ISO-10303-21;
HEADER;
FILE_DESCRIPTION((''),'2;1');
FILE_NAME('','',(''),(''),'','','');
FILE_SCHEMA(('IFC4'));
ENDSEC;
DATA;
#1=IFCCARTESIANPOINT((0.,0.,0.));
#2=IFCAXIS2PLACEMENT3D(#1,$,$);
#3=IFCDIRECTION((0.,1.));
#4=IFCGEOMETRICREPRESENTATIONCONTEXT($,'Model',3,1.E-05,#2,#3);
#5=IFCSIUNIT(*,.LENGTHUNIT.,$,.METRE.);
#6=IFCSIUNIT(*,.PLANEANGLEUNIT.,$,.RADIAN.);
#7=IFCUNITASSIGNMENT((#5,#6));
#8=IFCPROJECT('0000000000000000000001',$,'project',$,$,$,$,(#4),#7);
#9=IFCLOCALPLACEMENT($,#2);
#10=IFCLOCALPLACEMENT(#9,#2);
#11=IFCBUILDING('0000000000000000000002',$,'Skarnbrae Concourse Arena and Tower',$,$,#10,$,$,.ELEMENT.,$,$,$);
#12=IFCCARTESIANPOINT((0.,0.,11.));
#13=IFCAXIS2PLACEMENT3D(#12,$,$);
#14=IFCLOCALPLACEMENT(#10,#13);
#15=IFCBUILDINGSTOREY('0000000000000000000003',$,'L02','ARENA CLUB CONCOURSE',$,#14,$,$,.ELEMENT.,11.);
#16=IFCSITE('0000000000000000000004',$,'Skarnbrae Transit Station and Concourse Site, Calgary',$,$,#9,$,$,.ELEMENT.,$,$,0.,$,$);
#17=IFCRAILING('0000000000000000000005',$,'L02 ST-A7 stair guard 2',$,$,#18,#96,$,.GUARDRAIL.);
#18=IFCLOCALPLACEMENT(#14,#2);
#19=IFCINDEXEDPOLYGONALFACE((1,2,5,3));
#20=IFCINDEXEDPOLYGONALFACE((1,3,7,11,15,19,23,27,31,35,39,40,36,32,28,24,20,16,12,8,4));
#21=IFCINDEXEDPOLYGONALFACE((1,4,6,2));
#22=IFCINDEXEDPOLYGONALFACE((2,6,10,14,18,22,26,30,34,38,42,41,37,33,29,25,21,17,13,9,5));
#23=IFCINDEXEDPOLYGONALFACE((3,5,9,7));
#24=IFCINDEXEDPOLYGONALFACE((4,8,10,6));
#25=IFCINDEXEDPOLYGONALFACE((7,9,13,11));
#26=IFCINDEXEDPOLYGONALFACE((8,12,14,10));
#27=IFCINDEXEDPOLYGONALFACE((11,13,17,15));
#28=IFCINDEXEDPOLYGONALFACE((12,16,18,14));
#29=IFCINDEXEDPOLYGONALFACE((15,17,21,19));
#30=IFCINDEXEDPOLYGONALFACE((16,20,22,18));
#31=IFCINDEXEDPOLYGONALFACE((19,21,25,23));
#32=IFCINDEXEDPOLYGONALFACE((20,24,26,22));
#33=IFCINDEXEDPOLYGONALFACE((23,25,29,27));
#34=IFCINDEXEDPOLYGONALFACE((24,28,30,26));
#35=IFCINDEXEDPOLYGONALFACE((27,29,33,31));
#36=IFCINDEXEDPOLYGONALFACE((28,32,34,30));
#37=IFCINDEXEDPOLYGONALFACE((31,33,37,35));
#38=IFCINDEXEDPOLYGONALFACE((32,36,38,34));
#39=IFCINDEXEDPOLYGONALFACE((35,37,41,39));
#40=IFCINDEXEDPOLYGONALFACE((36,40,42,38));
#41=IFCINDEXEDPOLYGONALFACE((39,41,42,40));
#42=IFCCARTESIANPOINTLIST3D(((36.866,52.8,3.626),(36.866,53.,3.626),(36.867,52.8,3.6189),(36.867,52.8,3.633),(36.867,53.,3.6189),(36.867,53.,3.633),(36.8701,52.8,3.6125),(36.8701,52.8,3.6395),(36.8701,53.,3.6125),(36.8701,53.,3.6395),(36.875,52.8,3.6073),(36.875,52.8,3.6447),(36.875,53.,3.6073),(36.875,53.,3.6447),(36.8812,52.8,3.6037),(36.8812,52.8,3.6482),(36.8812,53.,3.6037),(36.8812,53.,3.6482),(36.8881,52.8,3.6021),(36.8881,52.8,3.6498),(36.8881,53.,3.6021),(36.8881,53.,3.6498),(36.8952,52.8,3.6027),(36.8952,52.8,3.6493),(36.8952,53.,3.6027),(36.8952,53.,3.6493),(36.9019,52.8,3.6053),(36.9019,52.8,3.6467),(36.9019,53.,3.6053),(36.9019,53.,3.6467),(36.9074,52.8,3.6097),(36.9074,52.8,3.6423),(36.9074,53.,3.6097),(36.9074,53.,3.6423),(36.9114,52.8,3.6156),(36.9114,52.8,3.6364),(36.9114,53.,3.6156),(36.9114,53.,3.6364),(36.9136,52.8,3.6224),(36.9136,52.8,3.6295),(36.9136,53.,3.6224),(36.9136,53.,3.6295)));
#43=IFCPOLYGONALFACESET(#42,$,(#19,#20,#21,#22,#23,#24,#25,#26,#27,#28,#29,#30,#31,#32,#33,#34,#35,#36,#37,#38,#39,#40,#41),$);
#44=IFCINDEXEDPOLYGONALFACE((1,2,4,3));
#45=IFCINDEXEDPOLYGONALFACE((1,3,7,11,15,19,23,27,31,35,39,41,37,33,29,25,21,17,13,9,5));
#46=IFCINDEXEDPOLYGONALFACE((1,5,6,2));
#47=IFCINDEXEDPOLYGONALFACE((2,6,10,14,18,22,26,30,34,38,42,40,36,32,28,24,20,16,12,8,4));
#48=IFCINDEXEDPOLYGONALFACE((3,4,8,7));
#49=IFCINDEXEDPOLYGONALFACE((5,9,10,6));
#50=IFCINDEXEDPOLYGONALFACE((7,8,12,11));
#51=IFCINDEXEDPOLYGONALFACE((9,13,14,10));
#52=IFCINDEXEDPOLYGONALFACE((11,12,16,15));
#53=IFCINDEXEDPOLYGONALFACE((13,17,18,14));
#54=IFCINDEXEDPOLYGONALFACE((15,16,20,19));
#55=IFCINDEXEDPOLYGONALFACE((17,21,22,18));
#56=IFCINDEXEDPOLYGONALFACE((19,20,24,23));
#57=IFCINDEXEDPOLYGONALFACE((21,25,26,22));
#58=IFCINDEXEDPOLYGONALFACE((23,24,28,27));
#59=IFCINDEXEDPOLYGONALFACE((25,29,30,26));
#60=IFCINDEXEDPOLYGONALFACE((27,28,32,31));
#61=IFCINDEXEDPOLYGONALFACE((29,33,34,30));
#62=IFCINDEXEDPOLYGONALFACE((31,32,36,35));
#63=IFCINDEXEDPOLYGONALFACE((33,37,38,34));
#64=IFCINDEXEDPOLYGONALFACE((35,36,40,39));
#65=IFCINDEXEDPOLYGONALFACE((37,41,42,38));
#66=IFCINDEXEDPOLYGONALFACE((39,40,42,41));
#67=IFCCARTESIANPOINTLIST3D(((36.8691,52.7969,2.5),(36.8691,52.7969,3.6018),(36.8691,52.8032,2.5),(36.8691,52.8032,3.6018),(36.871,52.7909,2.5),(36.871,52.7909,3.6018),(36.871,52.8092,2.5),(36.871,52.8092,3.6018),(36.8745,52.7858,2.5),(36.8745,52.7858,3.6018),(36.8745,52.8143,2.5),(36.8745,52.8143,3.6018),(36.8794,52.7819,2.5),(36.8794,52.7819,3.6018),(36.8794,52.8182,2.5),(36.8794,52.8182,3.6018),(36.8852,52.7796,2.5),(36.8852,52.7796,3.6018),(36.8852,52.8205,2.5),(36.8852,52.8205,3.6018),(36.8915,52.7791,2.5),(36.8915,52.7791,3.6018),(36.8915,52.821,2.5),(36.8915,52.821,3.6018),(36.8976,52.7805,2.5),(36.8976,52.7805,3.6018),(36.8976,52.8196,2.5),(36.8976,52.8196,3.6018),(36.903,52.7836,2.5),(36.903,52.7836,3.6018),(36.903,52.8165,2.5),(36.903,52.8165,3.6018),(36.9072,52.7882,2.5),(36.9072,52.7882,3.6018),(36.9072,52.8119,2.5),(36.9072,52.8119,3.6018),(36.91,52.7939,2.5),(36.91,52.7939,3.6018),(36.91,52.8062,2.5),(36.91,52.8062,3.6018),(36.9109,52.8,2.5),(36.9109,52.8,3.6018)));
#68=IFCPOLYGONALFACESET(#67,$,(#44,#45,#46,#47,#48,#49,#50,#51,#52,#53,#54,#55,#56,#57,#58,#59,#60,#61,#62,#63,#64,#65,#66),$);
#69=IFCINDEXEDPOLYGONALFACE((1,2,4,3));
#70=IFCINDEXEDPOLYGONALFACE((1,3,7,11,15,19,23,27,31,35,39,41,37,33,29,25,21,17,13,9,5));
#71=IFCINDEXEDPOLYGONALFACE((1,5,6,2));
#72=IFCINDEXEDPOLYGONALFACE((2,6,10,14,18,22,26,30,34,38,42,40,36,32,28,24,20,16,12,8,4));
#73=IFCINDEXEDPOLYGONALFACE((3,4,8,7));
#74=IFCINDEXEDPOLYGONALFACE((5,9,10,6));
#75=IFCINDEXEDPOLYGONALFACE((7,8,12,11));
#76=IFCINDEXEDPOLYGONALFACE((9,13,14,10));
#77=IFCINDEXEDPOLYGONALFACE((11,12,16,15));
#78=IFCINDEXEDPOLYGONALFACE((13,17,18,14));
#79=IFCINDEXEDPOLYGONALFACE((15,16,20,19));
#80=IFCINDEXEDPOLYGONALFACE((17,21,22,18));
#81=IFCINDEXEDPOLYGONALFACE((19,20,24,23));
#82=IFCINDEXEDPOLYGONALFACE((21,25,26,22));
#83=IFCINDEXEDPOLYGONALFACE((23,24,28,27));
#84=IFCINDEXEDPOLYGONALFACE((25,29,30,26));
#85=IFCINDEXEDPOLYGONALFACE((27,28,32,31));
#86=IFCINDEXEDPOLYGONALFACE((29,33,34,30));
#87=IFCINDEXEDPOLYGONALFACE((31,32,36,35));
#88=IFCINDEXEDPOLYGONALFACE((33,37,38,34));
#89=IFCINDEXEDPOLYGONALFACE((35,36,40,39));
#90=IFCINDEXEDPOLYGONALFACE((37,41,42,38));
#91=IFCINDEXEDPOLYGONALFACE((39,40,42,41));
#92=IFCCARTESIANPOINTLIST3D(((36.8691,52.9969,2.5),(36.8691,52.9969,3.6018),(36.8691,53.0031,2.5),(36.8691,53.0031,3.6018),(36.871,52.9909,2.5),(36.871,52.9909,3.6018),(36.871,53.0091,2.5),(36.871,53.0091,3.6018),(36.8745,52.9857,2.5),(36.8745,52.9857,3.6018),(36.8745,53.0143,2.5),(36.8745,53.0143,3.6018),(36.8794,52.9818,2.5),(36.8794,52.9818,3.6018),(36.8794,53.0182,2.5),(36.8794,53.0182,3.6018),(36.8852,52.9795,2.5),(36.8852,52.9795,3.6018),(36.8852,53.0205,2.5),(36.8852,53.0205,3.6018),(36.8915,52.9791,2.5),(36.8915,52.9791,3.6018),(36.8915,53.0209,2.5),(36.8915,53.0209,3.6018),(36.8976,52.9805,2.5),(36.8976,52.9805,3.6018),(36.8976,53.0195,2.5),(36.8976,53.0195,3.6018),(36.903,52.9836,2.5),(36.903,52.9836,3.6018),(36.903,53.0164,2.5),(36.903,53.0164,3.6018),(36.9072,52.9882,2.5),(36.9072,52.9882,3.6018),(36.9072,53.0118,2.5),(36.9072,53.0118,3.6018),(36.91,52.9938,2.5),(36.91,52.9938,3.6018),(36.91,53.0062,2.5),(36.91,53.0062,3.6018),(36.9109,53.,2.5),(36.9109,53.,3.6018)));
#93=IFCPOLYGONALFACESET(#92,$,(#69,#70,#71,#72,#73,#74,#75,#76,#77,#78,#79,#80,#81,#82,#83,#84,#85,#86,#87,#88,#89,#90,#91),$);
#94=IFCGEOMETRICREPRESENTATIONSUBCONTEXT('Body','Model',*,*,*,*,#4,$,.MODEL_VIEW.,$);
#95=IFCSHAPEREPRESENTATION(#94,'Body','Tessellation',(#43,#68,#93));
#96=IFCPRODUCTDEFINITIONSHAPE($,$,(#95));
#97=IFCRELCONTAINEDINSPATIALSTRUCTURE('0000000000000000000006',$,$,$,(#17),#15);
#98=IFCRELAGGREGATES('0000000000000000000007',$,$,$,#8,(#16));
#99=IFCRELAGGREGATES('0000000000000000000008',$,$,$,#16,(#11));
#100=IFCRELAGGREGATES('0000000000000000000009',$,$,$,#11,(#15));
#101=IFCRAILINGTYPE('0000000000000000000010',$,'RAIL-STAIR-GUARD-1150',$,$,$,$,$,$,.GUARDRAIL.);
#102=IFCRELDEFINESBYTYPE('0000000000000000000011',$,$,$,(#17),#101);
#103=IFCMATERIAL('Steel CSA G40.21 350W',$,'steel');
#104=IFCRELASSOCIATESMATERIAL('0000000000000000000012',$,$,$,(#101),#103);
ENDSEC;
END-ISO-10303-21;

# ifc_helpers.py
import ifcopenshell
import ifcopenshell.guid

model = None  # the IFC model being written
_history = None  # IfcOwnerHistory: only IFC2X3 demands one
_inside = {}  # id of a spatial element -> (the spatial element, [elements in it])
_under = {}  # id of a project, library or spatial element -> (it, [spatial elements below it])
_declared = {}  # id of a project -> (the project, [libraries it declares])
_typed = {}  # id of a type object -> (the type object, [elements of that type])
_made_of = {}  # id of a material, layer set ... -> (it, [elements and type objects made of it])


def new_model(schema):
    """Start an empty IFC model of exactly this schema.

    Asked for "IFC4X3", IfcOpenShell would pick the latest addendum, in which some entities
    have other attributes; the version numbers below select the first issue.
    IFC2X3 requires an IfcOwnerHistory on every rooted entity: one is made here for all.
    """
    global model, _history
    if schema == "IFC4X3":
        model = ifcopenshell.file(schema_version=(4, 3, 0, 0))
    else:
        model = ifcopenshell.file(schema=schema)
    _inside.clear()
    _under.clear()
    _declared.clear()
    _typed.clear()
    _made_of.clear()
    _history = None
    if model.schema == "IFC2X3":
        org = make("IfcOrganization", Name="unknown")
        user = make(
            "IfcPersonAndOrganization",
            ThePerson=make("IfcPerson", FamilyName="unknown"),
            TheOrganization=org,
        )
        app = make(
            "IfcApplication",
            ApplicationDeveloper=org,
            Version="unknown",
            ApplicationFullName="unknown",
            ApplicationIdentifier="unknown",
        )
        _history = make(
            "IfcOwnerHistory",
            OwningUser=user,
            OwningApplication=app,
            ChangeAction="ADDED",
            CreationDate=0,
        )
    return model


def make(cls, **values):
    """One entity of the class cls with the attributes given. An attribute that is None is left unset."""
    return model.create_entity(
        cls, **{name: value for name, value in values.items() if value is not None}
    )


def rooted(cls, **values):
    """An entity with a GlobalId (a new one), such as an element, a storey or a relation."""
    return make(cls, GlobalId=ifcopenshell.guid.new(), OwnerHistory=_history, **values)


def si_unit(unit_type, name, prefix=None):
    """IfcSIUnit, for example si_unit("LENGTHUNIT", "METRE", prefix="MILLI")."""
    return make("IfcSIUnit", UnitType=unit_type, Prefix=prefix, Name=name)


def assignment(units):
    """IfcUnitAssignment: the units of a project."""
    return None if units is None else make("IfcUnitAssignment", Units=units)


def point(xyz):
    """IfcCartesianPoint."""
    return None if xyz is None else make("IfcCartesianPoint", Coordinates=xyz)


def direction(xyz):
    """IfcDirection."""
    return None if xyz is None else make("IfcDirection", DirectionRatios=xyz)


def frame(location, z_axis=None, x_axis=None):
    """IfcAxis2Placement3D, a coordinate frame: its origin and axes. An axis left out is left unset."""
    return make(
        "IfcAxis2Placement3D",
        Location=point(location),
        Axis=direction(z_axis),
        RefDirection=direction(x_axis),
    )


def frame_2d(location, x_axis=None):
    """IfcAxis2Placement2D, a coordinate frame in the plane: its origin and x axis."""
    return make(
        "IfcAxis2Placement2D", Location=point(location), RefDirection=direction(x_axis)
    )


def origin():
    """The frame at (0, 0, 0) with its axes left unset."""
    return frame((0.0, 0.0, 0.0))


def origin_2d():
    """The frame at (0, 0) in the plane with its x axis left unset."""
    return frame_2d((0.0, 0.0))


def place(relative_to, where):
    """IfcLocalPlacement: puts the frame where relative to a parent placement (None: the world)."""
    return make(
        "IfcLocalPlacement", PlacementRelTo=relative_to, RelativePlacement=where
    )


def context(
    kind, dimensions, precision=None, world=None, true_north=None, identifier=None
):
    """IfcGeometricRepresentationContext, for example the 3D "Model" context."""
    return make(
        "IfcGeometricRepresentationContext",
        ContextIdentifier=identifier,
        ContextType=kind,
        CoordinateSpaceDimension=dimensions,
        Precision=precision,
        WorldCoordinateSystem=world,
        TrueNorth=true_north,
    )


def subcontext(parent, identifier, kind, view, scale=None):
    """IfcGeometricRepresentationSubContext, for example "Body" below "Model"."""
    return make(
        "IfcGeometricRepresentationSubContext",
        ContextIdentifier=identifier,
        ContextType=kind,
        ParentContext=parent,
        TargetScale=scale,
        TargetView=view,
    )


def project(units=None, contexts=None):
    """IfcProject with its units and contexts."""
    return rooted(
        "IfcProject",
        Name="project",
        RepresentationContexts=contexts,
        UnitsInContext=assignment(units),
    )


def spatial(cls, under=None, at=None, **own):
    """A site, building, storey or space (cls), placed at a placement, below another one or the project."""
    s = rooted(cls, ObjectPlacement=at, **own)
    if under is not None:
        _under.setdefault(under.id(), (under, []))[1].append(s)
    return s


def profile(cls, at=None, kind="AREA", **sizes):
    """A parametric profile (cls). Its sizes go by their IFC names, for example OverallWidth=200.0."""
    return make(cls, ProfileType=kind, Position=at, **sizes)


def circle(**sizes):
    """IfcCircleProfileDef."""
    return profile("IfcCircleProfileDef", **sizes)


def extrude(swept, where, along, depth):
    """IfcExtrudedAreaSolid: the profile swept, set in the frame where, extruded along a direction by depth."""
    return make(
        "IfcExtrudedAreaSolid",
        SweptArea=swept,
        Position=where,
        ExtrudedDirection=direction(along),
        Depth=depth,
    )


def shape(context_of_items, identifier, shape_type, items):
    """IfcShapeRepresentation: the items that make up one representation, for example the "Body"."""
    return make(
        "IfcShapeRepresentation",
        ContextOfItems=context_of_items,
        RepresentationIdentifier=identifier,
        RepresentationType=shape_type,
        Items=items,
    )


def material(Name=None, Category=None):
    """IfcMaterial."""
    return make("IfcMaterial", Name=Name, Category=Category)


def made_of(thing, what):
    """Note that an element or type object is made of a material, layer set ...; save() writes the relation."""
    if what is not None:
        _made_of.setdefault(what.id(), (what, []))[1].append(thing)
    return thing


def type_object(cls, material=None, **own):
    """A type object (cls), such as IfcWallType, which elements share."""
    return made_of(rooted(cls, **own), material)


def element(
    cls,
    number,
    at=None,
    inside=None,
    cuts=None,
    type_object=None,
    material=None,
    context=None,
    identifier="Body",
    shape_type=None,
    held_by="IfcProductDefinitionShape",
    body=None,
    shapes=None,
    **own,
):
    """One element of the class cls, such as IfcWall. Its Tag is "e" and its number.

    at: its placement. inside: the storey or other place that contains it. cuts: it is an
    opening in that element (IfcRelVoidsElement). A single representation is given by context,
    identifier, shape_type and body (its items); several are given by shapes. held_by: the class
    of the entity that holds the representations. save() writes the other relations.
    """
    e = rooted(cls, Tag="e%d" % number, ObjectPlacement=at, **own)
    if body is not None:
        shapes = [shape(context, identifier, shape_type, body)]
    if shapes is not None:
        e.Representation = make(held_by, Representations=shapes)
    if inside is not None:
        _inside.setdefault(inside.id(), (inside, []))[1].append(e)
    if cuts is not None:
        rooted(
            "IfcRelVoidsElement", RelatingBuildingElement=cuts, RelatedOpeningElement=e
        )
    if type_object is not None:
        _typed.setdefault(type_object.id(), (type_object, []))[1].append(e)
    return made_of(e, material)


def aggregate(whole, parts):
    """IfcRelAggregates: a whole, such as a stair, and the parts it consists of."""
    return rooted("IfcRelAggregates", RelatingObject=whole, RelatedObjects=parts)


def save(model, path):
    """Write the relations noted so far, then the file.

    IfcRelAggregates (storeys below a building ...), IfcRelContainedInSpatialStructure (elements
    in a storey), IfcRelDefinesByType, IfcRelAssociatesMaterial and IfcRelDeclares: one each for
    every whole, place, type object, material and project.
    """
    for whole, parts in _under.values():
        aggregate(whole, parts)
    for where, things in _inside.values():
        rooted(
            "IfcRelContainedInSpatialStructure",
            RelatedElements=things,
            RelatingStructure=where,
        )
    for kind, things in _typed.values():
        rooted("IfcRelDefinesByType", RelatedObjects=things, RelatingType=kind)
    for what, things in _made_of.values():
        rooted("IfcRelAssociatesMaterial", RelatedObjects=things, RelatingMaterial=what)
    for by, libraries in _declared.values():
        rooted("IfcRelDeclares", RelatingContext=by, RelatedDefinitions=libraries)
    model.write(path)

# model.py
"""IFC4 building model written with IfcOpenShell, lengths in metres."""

from ifc_helpers import new_model, si_unit, direction, frame, origin, origin_2d, place, context, subcontext, project, spatial, circle, extrude, material, type_object, element, save


model = new_model("IFC4")

# Units and contexts
model_context = context("Model", 3, precision=1e-05, world=origin(), true_north=direction((0.0, 1.0)))
body_context = subcontext(model_context, "Body", "Model", "MODEL_VIEW")
ifc_project = project(units=[si_unit("LENGTHUNIT", "METRE"), si_unit("PLANEANGLEUNIT", "RADIAN")], contexts=[model_context])

# Site, building, storey
site_placement = place(None, origin())
site = spatial("IfcSite", under=ifc_project, at=site_placement, Name="Skarnbrae Transit Station and Concourse Site, Calgary", CompositionType="ELEMENT", RefElevation=0.0)
building_placement = place(site_placement, origin())
building = spatial("IfcBuilding", under=site, at=building_placement, Name="Skarnbrae Concourse Arena and Tower", CompositionType="ELEMENT")
storey_placement = place(building_placement, frame((0.0, 0.0, 11.0)))
storey = spatial("IfcBuildingStorey", under=building, at=storey_placement, Name="L02", Description="ARENA CLUB CONCOURSE", CompositionType="ELEMENT", Elevation=11.0)

# Shared definitions
ifc_material_1 = material(Name="Steel CSA G40.21 350W", Category="steel")

# Railing
railing_type_1 = type_object("IfcRailingType", Name="RAIL-STAIR-GUARD-1150", PredefinedType="GUARDRAIL", material=ifc_material_1)
railing_1_placement = place(storey_placement, frame((36.8899, 52.8, 2.5)))
element("IfcRailing", 1, at=railing_1_placement, inside=storey, type_object=railing_type_1, Name="L02 ST-A7 stair guard 2", PredefinedType="GUARDRAIL", context=body_context, shape_type="SweptSolid", body=[
    extrude(circle(Radius=0.0239, at=origin_2d()), frame((0.0, 0.0, 1.126), z_axis=(0.0, 1.0, 0.0), x_axis=(-1.0, 0.0, 0.0)), (0.0, 0.0, 1.0), 0.2),
    extrude(circle(Radius=0.021, at=origin_2d()), origin(), (0.0, 0.0, 1.0), 1.1018),
    extrude(circle(Radius=0.021, at=origin_2d()), frame((0.0, 0.2, 0.0)), (0.0, 0.0, 1.0), 1.1018),
])

save(model, "model.ifc")
